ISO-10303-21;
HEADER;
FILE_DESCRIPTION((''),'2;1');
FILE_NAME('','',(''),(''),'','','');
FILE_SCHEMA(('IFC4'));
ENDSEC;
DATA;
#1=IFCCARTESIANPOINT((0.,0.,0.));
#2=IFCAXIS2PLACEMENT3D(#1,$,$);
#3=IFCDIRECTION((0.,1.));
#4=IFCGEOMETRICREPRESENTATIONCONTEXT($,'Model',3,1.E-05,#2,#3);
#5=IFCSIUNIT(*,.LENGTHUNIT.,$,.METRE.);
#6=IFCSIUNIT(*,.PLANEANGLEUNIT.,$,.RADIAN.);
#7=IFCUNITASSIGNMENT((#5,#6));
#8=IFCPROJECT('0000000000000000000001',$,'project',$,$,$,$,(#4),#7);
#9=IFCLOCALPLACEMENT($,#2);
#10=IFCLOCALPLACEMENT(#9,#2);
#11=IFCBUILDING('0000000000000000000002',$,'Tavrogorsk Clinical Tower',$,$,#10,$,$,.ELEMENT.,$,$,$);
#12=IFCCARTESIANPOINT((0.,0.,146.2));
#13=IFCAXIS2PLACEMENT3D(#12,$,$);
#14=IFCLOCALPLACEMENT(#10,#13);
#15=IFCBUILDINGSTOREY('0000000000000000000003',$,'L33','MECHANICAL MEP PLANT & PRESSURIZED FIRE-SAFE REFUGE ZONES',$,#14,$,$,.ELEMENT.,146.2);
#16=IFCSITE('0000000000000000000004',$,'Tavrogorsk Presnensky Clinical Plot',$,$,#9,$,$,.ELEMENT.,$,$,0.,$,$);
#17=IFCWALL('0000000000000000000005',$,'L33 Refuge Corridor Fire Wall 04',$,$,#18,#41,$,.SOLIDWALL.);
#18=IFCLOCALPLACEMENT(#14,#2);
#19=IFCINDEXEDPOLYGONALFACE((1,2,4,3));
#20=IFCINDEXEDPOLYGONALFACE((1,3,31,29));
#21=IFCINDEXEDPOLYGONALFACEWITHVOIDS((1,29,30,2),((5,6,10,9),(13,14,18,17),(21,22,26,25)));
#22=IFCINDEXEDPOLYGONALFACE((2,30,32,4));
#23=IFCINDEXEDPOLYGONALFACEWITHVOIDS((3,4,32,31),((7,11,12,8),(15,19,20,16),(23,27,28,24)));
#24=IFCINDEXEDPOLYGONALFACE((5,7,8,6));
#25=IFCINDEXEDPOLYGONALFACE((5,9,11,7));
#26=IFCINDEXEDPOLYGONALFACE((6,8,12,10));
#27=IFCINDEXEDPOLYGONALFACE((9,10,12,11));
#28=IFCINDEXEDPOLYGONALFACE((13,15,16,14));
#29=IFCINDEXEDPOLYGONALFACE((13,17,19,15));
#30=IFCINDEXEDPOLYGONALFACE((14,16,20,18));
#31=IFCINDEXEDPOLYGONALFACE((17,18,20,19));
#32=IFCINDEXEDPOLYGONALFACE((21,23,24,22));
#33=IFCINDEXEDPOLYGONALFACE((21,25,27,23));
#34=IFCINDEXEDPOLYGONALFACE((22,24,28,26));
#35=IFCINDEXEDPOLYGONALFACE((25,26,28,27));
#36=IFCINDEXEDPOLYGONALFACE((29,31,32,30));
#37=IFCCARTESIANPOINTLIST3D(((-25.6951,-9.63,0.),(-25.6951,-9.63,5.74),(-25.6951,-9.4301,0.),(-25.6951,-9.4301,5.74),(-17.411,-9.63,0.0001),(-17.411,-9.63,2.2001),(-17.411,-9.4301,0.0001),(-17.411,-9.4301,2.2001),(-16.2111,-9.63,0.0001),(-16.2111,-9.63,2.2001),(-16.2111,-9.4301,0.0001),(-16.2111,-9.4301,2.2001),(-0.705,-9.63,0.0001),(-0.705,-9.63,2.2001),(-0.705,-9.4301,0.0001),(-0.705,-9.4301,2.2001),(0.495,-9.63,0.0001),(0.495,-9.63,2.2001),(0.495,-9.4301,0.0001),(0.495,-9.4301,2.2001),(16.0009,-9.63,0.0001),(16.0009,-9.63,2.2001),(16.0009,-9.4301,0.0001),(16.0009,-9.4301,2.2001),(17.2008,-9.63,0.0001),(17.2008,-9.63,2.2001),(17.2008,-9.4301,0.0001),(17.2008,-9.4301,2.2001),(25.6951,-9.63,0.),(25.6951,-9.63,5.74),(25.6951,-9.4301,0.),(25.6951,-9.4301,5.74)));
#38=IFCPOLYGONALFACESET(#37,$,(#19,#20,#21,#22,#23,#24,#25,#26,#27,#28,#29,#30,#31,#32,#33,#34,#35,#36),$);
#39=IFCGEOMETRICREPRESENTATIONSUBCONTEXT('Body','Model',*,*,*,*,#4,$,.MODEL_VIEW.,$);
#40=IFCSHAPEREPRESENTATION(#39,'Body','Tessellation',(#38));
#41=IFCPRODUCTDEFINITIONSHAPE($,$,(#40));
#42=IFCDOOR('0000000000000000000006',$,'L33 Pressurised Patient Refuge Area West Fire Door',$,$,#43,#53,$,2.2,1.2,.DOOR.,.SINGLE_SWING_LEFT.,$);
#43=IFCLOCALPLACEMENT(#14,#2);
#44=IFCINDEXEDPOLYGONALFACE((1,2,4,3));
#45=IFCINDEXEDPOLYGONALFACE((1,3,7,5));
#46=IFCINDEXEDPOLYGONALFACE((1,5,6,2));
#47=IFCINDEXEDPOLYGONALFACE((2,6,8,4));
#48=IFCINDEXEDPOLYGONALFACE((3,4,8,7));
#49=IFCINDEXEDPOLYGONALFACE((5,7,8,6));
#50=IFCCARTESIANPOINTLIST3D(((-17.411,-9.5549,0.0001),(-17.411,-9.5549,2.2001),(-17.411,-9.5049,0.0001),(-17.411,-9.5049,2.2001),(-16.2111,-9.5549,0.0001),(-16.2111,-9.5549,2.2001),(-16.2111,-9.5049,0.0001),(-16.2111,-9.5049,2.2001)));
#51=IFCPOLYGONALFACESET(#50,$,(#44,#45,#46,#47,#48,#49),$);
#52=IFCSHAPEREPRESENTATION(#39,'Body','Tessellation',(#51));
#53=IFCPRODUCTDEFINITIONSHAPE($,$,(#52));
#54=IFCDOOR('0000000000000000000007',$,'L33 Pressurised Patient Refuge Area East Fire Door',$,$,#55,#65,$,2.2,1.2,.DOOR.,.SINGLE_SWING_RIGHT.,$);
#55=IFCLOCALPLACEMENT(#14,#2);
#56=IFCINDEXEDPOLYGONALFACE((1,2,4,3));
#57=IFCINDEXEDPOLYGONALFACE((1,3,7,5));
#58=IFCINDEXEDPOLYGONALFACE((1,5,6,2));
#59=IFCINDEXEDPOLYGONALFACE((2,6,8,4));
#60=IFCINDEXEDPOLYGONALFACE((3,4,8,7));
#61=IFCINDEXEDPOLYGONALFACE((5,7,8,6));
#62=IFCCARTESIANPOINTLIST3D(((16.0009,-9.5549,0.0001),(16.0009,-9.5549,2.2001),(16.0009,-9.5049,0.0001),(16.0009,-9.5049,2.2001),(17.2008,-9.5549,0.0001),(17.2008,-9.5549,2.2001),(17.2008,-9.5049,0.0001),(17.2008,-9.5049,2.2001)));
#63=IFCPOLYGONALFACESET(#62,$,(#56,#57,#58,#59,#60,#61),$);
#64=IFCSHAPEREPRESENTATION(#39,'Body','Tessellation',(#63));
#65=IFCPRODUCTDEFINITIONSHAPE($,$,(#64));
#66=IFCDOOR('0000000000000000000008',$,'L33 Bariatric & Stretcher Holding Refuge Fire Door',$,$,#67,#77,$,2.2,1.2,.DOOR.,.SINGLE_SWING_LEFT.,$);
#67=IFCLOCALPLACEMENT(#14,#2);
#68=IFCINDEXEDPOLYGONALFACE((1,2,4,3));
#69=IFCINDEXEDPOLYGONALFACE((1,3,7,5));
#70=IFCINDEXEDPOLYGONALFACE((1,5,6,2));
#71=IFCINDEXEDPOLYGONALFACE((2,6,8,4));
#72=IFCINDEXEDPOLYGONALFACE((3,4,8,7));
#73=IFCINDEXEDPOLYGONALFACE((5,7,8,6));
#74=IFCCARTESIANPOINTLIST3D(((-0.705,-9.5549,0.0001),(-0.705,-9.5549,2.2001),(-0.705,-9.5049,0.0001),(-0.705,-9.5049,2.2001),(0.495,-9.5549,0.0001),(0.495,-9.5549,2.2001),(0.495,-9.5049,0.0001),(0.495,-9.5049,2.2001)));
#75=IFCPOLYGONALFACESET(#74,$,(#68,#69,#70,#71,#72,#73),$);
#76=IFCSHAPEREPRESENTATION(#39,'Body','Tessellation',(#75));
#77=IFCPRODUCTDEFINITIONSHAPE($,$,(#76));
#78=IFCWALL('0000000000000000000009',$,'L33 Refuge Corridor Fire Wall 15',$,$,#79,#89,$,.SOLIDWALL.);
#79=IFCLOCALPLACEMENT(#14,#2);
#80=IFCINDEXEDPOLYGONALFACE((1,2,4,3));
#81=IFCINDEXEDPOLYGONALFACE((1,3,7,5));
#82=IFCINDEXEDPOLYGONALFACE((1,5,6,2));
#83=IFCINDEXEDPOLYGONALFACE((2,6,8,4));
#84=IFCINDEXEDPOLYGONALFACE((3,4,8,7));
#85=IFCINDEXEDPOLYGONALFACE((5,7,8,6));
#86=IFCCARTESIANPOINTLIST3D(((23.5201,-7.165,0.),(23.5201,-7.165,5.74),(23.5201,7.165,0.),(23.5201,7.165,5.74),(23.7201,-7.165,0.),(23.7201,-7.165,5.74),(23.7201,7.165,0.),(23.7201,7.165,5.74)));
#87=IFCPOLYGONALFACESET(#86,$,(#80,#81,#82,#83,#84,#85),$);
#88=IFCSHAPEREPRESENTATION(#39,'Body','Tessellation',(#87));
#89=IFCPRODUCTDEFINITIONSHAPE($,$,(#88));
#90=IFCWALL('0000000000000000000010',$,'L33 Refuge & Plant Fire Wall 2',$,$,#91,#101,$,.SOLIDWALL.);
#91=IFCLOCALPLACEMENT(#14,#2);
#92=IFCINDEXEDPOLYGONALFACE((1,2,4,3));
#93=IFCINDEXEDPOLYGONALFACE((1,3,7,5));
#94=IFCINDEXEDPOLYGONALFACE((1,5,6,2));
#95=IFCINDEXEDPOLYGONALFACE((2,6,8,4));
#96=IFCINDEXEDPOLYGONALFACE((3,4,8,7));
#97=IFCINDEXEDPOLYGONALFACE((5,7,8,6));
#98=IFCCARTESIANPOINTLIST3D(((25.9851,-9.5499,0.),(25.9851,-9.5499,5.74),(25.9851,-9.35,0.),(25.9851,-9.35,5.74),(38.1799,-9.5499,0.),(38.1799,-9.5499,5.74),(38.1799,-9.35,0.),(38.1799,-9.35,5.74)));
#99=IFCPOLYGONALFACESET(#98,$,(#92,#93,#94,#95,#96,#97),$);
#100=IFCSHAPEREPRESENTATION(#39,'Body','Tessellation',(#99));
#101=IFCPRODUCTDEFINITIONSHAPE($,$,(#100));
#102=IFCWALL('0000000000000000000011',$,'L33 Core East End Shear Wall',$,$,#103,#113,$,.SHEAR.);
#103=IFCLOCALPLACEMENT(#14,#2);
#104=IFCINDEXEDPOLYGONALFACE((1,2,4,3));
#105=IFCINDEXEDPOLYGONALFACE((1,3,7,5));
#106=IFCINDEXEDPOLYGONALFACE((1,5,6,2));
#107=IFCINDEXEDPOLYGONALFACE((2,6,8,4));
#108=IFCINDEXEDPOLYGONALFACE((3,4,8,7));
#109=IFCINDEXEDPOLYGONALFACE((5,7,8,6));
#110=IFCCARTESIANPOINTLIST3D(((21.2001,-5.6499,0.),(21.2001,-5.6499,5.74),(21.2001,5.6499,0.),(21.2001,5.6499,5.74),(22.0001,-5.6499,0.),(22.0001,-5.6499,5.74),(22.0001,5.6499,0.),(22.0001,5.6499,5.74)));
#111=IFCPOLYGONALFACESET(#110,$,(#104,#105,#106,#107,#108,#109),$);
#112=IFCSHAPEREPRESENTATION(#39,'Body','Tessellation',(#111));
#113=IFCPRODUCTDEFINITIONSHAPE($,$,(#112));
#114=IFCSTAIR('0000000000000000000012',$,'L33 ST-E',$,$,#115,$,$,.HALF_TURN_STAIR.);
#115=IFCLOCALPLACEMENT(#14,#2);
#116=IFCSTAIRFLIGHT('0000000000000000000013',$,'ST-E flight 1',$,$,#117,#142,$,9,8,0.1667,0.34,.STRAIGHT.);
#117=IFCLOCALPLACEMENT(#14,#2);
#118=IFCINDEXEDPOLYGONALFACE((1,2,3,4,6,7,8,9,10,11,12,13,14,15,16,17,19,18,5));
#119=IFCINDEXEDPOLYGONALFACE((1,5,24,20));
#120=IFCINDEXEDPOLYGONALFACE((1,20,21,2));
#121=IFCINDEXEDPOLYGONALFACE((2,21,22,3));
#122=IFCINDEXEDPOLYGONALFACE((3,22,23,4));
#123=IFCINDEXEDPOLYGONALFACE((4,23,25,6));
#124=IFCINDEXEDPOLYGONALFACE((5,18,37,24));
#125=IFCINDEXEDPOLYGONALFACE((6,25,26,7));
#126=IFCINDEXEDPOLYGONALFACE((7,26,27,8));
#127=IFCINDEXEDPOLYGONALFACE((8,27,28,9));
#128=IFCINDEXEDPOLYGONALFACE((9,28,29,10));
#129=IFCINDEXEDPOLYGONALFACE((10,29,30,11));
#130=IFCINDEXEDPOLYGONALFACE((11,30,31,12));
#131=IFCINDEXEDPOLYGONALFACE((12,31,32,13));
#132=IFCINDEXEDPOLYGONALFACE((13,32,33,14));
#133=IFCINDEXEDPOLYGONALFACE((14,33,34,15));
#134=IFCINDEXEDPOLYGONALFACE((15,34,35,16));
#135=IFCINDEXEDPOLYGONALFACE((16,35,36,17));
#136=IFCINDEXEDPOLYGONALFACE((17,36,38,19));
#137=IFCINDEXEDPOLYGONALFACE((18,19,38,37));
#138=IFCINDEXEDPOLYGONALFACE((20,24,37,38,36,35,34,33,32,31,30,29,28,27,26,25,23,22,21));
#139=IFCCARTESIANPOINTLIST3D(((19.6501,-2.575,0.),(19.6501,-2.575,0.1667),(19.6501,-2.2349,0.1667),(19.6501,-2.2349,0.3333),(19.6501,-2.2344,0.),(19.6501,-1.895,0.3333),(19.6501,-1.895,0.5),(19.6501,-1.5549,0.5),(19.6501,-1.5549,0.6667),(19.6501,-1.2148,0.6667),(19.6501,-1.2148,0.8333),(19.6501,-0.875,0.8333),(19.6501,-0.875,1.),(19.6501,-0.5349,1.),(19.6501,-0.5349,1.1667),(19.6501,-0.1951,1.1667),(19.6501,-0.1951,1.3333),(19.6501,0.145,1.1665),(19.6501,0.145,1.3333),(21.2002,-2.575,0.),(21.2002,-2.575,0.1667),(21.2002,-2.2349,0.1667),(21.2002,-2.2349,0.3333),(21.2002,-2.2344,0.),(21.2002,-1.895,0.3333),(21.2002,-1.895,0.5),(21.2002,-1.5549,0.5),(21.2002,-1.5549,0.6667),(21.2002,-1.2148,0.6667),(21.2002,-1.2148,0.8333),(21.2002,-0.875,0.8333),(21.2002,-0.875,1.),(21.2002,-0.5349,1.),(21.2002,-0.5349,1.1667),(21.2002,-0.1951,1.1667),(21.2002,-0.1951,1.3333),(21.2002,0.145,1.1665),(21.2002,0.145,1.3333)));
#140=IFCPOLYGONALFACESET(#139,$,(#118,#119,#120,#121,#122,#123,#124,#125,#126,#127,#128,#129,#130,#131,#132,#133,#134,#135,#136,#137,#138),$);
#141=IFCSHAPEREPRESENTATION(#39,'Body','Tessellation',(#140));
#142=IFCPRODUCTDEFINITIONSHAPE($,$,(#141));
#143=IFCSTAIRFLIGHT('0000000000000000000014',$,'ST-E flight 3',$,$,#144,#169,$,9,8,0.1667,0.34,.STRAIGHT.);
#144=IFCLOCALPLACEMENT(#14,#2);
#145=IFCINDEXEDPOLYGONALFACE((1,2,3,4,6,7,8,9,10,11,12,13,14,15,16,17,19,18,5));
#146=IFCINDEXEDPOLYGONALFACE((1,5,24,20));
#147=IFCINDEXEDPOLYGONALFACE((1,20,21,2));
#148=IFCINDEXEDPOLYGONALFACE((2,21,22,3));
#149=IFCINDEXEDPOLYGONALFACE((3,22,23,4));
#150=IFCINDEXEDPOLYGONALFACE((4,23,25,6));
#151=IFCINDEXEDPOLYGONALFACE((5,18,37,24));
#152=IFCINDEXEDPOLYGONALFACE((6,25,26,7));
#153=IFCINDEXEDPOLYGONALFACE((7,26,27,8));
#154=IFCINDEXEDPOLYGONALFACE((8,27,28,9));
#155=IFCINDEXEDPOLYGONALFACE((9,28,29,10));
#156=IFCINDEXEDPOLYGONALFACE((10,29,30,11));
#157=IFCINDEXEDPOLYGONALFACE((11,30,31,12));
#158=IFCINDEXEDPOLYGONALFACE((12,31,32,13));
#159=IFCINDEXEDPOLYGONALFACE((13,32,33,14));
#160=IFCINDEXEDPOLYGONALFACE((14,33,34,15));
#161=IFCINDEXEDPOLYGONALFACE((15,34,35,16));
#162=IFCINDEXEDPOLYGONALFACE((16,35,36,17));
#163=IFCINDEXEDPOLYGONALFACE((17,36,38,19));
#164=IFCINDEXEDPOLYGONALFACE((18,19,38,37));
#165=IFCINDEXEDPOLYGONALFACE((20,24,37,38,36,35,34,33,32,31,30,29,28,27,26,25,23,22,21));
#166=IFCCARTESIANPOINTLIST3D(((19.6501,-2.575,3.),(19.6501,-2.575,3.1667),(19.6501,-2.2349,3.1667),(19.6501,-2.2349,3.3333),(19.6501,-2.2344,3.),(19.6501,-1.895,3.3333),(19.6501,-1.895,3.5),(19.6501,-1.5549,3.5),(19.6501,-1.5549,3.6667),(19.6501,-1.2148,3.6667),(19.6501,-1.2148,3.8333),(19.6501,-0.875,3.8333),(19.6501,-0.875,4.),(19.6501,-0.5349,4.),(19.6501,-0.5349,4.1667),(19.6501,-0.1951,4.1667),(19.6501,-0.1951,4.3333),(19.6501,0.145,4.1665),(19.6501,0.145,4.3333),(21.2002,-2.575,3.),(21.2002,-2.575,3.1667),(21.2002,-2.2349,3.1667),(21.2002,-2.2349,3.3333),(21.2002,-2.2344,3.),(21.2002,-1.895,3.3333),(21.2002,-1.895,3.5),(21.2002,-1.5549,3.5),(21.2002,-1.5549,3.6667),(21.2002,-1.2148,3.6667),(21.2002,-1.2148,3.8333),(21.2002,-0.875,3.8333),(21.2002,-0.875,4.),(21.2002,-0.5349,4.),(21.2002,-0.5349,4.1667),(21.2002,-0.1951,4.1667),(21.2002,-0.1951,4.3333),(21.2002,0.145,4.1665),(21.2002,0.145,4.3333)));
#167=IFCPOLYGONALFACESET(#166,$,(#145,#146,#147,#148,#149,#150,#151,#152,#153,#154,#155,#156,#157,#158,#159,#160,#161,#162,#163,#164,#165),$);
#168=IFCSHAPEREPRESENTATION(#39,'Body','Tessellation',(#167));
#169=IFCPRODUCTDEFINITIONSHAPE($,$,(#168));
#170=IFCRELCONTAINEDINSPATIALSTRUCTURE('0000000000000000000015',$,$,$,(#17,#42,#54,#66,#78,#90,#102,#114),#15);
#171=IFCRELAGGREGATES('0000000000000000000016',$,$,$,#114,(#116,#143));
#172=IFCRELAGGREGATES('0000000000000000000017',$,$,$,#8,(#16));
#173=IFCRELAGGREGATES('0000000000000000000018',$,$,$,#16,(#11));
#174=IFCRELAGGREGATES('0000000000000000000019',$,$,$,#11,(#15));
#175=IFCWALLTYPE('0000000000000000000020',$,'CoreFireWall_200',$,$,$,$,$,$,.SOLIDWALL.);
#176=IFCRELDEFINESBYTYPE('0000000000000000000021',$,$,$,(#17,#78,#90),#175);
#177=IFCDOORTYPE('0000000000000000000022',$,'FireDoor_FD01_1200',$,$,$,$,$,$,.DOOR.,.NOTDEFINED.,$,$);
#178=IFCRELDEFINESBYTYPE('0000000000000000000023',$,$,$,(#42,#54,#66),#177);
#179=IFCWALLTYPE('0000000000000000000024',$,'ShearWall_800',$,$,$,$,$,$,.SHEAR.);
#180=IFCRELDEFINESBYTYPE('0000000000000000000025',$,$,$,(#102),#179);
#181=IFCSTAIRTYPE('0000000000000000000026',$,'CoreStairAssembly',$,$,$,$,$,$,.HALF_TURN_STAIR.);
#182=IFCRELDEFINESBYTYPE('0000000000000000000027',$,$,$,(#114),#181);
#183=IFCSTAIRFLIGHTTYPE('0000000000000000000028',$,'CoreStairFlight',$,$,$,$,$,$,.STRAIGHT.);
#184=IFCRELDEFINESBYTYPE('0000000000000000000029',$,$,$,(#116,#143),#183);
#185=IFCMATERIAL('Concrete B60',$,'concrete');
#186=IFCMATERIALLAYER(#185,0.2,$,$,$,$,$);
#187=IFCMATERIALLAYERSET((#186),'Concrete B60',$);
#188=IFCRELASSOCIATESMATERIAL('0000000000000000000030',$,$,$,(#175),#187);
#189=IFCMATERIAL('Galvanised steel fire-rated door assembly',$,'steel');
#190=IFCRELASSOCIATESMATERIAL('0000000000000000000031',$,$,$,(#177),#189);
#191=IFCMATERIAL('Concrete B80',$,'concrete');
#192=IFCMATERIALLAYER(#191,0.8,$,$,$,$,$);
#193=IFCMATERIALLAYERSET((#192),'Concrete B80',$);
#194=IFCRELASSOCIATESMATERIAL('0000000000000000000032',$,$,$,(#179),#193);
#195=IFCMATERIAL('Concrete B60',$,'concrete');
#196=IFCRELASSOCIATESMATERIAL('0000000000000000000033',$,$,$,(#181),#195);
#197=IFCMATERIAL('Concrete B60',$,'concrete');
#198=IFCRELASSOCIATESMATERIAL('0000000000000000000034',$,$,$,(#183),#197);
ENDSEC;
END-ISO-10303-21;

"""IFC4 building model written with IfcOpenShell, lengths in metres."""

from ifc_helpers import new_model, si_unit, direction, frame, frame_2d, origin, place, context, subcontext, project, spatial, polyline, rectangle, outline, extrude, material, layer, layer_set, type_object, element, fill, aggregate, save


model = new_model("IFC4")

# Units and contexts
model_context = context("Model", 3, precision=1e-05, world=origin(), true_north=direction((0.0, 1.0)))
body_context = subcontext(model_context, "Body", "Model", "MODEL_VIEW")
ifc_project = project(units=[si_unit("LENGTHUNIT", "METRE"), si_unit("PLANEANGLEUNIT", "RADIAN")], contexts=[model_context])

# Site, building, storey
site_placement = place(None, origin())
site = spatial("IfcSite", under=ifc_project, at=site_placement, Name="Tavrogorsk Presnensky Clinical Plot", CompositionType="ELEMENT", RefElevation=0.0)
building_placement = place(site_placement, origin())
building = spatial("IfcBuilding", under=site, at=building_placement, Name="Tavrogorsk Clinical Tower", CompositionType="ELEMENT")
storey_placement = place(building_placement, frame((0.0, 0.0, 146.2)))
storey = spatial("IfcBuildingStorey", under=building, at=storey_placement, Name="L33", Description="MECHANICAL MEP PLANT & PRESSURIZED FIRE-SAFE REFUGE ZONES", CompositionType="ELEMENT", Elevation=146.2)

# Wall, openings, doors
ifc_material_1 = material(Name="Concrete B60", Category="concrete")
ifc_layer_1 = layer(ifc_material_1, 0.2)
ifc_layer_set_1 = layer_set([ifc_layer_1], Name="Concrete B60")
wall_type_1 = type_object("IfcWallType", Name="CoreFireWall_200", PredefinedType="SOLIDWALL", material=ifc_layer_set_1)
wall_1_placement = place(storey_placement, frame((25.6951, -9.53, 0.0), z_axis=(0.0, 0.0, 1.0), x_axis=(-1.0, 0.0, 0.0)))
wall_1 = element("IfcWall", 1, at=wall_1_placement, inside=storey, type_object=wall_type_1, Name="L33 Refuge Corridor Fire Wall 04", PredefinedType="SOLIDWALL", context=body_context, shape_type="SweptSolid", body=[
    extrude(rectangle(XDim=51.3901, YDim=0.2, at=frame_2d((25.6951, 0.0))), origin(), (0.0, 0.0, 1.0), 5.74),
])
opening_1_placement = place(wall_1_placement, frame((41.906, 0.0, 0.0)))
opening_1 = element("IfcOpeningElement", 2, at=opening_1_placement, cuts=wall_1, PredefinedType="OPENING", context=body_context, shape_type="SweptSolid", body=[
    extrude(rectangle(XDim=1.2, YDim=2.2, at=frame_2d((0.6001, 1.1001))), frame((0.0, 0.1099, 0.0), z_axis=(0.0, -1.0, 0.0), x_axis=(1.0, 0.0, 0.0)), (0.0, 0.0, 1.0), 0.22),
])
opening_2_placement = place(wall_1_placement, frame((8.4941, 0.0, 0.0)))
opening_2 = element("IfcOpeningElement", 3, at=opening_2_placement, cuts=wall_1, PredefinedType="OPENING", context=body_context, shape_type="SweptSolid", body=[
    extrude(rectangle(XDim=1.2, YDim=2.2, at=frame_2d((0.6001, 1.1001))), frame((0.0, 0.1099, 0.0), z_axis=(0.0, -1.0, 0.0), x_axis=(1.0, 0.0, 0.0)), (0.0, 0.0, 1.0), 0.22),
])
opening_3_placement = place(wall_1_placement, frame((25.2, 0.0, 0.0)))
opening_3 = element("IfcOpeningElement", 4, at=opening_3_placement, cuts=wall_1, PredefinedType="OPENING", context=body_context, shape_type="SweptSolid", body=[
    extrude(rectangle(XDim=1.2, YDim=2.2, at=frame_2d((0.6001, 1.1001))), frame((0.0, 0.1099, 0.0), z_axis=(0.0, -1.0, 0.0), x_axis=(1.0, 0.0, 0.0)), (0.0, 0.0, 1.0), 0.22),
])
ifc_material_2 = material(Name="Galvanised steel fire-rated door assembly", Category="steel")
door_type = type_object("IfcDoorType", Name="FireDoor_FD01_1200", OperationType="NOTDEFINED", PredefinedType="DOOR", material=ifc_material_2)
door_1_placement = place(opening_1_placement, origin())
door_1 = element("IfcDoor", 5, at=door_1_placement, inside=storey, type_object=door_type, Name="L33 Pressurised Patient Refuge Area West Fire Door", OperationType="SINGLE_SWING_LEFT", OverallHeight=2.2, OverallWidth=1.2, PredefinedType="DOOR", context=body_context, shape_type="SweptSolid", body=[
    extrude(rectangle(XDim=1.2, YDim=2.2, at=frame_2d((0.6001, 1.1001))), frame((0.0, 0.0249, 0.0), z_axis=(0.0, -1.0, 0.0), x_axis=(1.0, 0.0, 0.0)), (0.0, 0.0, 1.0), 0.05),
])
fill(opening_1, door_1)
door_2_placement = place(opening_2_placement, origin())
door_2 = element("IfcDoor", 6, at=door_2_placement, inside=storey, type_object=door_type, Name="L33 Pressurised Patient Refuge Area East Fire Door", OperationType="SINGLE_SWING_RIGHT", OverallHeight=2.2, OverallWidth=1.2, PredefinedType="DOOR", context=body_context, shape_type="SweptSolid", body=[
    extrude(rectangle(XDim=1.2, YDim=2.2, at=frame_2d((0.6001, 1.1001))), frame((0.0, 0.0249, 0.0), z_axis=(0.0, -1.0, 0.0), x_axis=(1.0, 0.0, 0.0)), (0.0, 0.0, 1.0), 0.05),
])
fill(opening_2, door_2)
door_3_placement = place(opening_3_placement, origin())
door_3 = element("IfcDoor", 7, at=door_3_placement, inside=storey, type_object=door_type, Name="L33 Bariatric & Stretcher Holding Refuge Fire Door", OperationType="SINGLE_SWING_LEFT", OverallHeight=2.2, OverallWidth=1.2, PredefinedType="DOOR", context=body_context, shape_type="SweptSolid", body=[
    extrude(rectangle(XDim=1.2, YDim=2.2, at=frame_2d((0.6001, 1.1001))), frame((0.0, 0.0249, 0.0), z_axis=(0.0, -1.0, 0.0), x_axis=(1.0, 0.0, 0.0)), (0.0, 0.0, 1.0), 0.05),
])
fill(opening_3, door_3)

# Walls
wall_2_placement = place(storey_placement, frame((23.6201, -7.165, 0.0), z_axis=(0.0, 0.0, 1.0), x_axis=(0.0, 1.0, 0.0)))
element("IfcWall", 8, at=wall_2_placement, inside=storey, type_object=wall_type_1, Name="L33 Refuge Corridor Fire Wall 15", PredefinedType="SOLIDWALL", context=body_context, shape_type="SweptSolid", body=[
    extrude(rectangle(XDim=14.3301, YDim=0.2, at=frame_2d((7.165, 0.0))), origin(), (0.0, 0.0, 1.0), 5.74),
])
wall_3_placement = place(storey_placement, frame((25.9851, -9.45, 0.0), z_axis=(0.0, 0.0, 1.0), x_axis=(1.0, 0.0, 0.0)))
element("IfcWall", 9, at=wall_3_placement, inside=storey, type_object=wall_type_1, Name="L33 Refuge & Plant Fire Wall 2", PredefinedType="SOLIDWALL", context=body_context, shape_type="SweptSolid", body=[
    extrude(rectangle(XDim=12.1948, YDim=0.2, at=frame_2d((6.0974, 0.0))), origin(), (0.0, 0.0, 1.0), 5.74),
])
ifc_material_3 = material(Name="Concrete B80", Category="concrete")
ifc_layer_2 = layer(ifc_material_3, 0.8)
ifc_layer_set_2 = layer_set([ifc_layer_2], Name="Concrete B80")
wall_type_2 = type_object("IfcWallType", Name="ShearWall_800", PredefinedType="SHEAR", material=ifc_layer_set_2)
wall_4_placement = place(storey_placement, frame((21.6001, -5.6499, 0.0), z_axis=(0.0, 0.0, 1.0), x_axis=(0.0, 1.0, 0.0)))
element("IfcWall", 10, at=wall_4_placement, inside=storey, type_object=wall_type_2, Name="L33 Core East End Shear Wall", PredefinedType="SHEAR", context=body_context, shape_type="SweptSolid", body=[
    extrude(rectangle(XDim=11.2998, YDim=0.8, at=frame_2d((5.6499, 0.0))), origin(), (0.0, 0.0, 1.0), 5.74),
])

# Stair, stair flights
ifc_material_4 = material(Name="Concrete B60", Category="concrete")
stair_type = type_object("IfcStairType", Name="CoreStairAssembly", PredefinedType="HALF_TURN_STAIR", material=ifc_material_4)
stair_placement = place(storey_placement, origin())
stair = element("IfcStair", 11, at=stair_placement, inside=storey, type_object=stair_type, Name="L33 ST-E", PredefinedType="HALF_TURN_STAIR")
ifc_material_5 = material(Name="Concrete B60", Category="concrete")
stair_flight_type = type_object("IfcStairFlightType", Name="CoreStairFlight", PredefinedType="STRAIGHT", material=ifc_material_5)
stair_flight_1_placement = place(storey_placement, frame((20.425, -2.575, 0.0), z_axis=(0.0, 0.0, 1.0), x_axis=(0.0, 1.0, 0.0)))
stair_flight_1 = element("IfcStairFlight", 12, at=stair_flight_1_placement, type_object=stair_flight_type, Name="ST-E flight 1", NumberOfRisers=9, NumberOfTreads=8, PredefinedType="STRAIGHT", RiserHeight=0.1667, TreadLength=0.34, context=body_context, shape_type="SweptSolid", body=[
    extrude(outline(polyline([(0.0, 0.0), (0.0, 0.1667), (0.3401, 0.1667), (0.3401, 0.3333), (0.6799, 0.3333), (0.6799, 0.5), (1.02, 0.5), (1.02, 0.6667), (1.3601, 0.6667), (1.3601, 0.8333), (1.7, 0.8333), (1.7, 1.0), (2.04, 1.0), (2.04, 1.1667), (2.3799, 1.1667), (2.3799, 1.3333), (2.72, 1.3333), (2.72, 1.5), (2.72, 1.1665), (0.3406, 0.0), (0.0, 0.0)])), frame((0.0, 0.7749, 0.0), z_axis=(0.0, -1.0, 0.0), x_axis=(1.0, 0.0, 0.0)), (0.0, 0.0, 1.0), 1.55),
])
stair_flight_2_placement = place(storey_placement, frame((20.425, -2.575, 3.0), z_axis=(0.0, 0.0, 1.0), x_axis=(0.0, 1.0, 0.0)))
stair_flight_2 = element("IfcStairFlight", 13, at=stair_flight_2_placement, type_object=stair_flight_type, Name="ST-E flight 3", NumberOfRisers=9, NumberOfTreads=8, PredefinedType="STRAIGHT", RiserHeight=0.1667, TreadLength=0.34, context=body_context, shape_type="SweptSolid", body=[
    extrude(outline(polyline([(0.0, 0.0), (0.0, 0.1667), (0.3401, 0.1667), (0.3401, 0.3333), (0.6799, 0.3333), (0.6799, 0.5), (1.02, 0.5), (1.02, 0.6667), (1.3601, 0.6667), (1.3601, 0.8333), (1.7, 0.8333), (1.7, 1.0), (2.04, 1.0), (2.04, 1.1667), (2.3799, 1.1667), (2.3799, 1.3333), (2.72, 1.3333), (2.72, 1.5), (2.72, 1.1665), (0.3406, 0.0), (0.0, 0.0)])), frame((0.0, 0.7749, 0.0), z_axis=(0.0, -1.0, 0.0), x_axis=(1.0, 0.0, 0.0)), (0.0, 0.0, 1.0), 1.55),
])
aggregate(stair, [stair_flight_1, stair_flight_2])

save(model, "model.ifc")
